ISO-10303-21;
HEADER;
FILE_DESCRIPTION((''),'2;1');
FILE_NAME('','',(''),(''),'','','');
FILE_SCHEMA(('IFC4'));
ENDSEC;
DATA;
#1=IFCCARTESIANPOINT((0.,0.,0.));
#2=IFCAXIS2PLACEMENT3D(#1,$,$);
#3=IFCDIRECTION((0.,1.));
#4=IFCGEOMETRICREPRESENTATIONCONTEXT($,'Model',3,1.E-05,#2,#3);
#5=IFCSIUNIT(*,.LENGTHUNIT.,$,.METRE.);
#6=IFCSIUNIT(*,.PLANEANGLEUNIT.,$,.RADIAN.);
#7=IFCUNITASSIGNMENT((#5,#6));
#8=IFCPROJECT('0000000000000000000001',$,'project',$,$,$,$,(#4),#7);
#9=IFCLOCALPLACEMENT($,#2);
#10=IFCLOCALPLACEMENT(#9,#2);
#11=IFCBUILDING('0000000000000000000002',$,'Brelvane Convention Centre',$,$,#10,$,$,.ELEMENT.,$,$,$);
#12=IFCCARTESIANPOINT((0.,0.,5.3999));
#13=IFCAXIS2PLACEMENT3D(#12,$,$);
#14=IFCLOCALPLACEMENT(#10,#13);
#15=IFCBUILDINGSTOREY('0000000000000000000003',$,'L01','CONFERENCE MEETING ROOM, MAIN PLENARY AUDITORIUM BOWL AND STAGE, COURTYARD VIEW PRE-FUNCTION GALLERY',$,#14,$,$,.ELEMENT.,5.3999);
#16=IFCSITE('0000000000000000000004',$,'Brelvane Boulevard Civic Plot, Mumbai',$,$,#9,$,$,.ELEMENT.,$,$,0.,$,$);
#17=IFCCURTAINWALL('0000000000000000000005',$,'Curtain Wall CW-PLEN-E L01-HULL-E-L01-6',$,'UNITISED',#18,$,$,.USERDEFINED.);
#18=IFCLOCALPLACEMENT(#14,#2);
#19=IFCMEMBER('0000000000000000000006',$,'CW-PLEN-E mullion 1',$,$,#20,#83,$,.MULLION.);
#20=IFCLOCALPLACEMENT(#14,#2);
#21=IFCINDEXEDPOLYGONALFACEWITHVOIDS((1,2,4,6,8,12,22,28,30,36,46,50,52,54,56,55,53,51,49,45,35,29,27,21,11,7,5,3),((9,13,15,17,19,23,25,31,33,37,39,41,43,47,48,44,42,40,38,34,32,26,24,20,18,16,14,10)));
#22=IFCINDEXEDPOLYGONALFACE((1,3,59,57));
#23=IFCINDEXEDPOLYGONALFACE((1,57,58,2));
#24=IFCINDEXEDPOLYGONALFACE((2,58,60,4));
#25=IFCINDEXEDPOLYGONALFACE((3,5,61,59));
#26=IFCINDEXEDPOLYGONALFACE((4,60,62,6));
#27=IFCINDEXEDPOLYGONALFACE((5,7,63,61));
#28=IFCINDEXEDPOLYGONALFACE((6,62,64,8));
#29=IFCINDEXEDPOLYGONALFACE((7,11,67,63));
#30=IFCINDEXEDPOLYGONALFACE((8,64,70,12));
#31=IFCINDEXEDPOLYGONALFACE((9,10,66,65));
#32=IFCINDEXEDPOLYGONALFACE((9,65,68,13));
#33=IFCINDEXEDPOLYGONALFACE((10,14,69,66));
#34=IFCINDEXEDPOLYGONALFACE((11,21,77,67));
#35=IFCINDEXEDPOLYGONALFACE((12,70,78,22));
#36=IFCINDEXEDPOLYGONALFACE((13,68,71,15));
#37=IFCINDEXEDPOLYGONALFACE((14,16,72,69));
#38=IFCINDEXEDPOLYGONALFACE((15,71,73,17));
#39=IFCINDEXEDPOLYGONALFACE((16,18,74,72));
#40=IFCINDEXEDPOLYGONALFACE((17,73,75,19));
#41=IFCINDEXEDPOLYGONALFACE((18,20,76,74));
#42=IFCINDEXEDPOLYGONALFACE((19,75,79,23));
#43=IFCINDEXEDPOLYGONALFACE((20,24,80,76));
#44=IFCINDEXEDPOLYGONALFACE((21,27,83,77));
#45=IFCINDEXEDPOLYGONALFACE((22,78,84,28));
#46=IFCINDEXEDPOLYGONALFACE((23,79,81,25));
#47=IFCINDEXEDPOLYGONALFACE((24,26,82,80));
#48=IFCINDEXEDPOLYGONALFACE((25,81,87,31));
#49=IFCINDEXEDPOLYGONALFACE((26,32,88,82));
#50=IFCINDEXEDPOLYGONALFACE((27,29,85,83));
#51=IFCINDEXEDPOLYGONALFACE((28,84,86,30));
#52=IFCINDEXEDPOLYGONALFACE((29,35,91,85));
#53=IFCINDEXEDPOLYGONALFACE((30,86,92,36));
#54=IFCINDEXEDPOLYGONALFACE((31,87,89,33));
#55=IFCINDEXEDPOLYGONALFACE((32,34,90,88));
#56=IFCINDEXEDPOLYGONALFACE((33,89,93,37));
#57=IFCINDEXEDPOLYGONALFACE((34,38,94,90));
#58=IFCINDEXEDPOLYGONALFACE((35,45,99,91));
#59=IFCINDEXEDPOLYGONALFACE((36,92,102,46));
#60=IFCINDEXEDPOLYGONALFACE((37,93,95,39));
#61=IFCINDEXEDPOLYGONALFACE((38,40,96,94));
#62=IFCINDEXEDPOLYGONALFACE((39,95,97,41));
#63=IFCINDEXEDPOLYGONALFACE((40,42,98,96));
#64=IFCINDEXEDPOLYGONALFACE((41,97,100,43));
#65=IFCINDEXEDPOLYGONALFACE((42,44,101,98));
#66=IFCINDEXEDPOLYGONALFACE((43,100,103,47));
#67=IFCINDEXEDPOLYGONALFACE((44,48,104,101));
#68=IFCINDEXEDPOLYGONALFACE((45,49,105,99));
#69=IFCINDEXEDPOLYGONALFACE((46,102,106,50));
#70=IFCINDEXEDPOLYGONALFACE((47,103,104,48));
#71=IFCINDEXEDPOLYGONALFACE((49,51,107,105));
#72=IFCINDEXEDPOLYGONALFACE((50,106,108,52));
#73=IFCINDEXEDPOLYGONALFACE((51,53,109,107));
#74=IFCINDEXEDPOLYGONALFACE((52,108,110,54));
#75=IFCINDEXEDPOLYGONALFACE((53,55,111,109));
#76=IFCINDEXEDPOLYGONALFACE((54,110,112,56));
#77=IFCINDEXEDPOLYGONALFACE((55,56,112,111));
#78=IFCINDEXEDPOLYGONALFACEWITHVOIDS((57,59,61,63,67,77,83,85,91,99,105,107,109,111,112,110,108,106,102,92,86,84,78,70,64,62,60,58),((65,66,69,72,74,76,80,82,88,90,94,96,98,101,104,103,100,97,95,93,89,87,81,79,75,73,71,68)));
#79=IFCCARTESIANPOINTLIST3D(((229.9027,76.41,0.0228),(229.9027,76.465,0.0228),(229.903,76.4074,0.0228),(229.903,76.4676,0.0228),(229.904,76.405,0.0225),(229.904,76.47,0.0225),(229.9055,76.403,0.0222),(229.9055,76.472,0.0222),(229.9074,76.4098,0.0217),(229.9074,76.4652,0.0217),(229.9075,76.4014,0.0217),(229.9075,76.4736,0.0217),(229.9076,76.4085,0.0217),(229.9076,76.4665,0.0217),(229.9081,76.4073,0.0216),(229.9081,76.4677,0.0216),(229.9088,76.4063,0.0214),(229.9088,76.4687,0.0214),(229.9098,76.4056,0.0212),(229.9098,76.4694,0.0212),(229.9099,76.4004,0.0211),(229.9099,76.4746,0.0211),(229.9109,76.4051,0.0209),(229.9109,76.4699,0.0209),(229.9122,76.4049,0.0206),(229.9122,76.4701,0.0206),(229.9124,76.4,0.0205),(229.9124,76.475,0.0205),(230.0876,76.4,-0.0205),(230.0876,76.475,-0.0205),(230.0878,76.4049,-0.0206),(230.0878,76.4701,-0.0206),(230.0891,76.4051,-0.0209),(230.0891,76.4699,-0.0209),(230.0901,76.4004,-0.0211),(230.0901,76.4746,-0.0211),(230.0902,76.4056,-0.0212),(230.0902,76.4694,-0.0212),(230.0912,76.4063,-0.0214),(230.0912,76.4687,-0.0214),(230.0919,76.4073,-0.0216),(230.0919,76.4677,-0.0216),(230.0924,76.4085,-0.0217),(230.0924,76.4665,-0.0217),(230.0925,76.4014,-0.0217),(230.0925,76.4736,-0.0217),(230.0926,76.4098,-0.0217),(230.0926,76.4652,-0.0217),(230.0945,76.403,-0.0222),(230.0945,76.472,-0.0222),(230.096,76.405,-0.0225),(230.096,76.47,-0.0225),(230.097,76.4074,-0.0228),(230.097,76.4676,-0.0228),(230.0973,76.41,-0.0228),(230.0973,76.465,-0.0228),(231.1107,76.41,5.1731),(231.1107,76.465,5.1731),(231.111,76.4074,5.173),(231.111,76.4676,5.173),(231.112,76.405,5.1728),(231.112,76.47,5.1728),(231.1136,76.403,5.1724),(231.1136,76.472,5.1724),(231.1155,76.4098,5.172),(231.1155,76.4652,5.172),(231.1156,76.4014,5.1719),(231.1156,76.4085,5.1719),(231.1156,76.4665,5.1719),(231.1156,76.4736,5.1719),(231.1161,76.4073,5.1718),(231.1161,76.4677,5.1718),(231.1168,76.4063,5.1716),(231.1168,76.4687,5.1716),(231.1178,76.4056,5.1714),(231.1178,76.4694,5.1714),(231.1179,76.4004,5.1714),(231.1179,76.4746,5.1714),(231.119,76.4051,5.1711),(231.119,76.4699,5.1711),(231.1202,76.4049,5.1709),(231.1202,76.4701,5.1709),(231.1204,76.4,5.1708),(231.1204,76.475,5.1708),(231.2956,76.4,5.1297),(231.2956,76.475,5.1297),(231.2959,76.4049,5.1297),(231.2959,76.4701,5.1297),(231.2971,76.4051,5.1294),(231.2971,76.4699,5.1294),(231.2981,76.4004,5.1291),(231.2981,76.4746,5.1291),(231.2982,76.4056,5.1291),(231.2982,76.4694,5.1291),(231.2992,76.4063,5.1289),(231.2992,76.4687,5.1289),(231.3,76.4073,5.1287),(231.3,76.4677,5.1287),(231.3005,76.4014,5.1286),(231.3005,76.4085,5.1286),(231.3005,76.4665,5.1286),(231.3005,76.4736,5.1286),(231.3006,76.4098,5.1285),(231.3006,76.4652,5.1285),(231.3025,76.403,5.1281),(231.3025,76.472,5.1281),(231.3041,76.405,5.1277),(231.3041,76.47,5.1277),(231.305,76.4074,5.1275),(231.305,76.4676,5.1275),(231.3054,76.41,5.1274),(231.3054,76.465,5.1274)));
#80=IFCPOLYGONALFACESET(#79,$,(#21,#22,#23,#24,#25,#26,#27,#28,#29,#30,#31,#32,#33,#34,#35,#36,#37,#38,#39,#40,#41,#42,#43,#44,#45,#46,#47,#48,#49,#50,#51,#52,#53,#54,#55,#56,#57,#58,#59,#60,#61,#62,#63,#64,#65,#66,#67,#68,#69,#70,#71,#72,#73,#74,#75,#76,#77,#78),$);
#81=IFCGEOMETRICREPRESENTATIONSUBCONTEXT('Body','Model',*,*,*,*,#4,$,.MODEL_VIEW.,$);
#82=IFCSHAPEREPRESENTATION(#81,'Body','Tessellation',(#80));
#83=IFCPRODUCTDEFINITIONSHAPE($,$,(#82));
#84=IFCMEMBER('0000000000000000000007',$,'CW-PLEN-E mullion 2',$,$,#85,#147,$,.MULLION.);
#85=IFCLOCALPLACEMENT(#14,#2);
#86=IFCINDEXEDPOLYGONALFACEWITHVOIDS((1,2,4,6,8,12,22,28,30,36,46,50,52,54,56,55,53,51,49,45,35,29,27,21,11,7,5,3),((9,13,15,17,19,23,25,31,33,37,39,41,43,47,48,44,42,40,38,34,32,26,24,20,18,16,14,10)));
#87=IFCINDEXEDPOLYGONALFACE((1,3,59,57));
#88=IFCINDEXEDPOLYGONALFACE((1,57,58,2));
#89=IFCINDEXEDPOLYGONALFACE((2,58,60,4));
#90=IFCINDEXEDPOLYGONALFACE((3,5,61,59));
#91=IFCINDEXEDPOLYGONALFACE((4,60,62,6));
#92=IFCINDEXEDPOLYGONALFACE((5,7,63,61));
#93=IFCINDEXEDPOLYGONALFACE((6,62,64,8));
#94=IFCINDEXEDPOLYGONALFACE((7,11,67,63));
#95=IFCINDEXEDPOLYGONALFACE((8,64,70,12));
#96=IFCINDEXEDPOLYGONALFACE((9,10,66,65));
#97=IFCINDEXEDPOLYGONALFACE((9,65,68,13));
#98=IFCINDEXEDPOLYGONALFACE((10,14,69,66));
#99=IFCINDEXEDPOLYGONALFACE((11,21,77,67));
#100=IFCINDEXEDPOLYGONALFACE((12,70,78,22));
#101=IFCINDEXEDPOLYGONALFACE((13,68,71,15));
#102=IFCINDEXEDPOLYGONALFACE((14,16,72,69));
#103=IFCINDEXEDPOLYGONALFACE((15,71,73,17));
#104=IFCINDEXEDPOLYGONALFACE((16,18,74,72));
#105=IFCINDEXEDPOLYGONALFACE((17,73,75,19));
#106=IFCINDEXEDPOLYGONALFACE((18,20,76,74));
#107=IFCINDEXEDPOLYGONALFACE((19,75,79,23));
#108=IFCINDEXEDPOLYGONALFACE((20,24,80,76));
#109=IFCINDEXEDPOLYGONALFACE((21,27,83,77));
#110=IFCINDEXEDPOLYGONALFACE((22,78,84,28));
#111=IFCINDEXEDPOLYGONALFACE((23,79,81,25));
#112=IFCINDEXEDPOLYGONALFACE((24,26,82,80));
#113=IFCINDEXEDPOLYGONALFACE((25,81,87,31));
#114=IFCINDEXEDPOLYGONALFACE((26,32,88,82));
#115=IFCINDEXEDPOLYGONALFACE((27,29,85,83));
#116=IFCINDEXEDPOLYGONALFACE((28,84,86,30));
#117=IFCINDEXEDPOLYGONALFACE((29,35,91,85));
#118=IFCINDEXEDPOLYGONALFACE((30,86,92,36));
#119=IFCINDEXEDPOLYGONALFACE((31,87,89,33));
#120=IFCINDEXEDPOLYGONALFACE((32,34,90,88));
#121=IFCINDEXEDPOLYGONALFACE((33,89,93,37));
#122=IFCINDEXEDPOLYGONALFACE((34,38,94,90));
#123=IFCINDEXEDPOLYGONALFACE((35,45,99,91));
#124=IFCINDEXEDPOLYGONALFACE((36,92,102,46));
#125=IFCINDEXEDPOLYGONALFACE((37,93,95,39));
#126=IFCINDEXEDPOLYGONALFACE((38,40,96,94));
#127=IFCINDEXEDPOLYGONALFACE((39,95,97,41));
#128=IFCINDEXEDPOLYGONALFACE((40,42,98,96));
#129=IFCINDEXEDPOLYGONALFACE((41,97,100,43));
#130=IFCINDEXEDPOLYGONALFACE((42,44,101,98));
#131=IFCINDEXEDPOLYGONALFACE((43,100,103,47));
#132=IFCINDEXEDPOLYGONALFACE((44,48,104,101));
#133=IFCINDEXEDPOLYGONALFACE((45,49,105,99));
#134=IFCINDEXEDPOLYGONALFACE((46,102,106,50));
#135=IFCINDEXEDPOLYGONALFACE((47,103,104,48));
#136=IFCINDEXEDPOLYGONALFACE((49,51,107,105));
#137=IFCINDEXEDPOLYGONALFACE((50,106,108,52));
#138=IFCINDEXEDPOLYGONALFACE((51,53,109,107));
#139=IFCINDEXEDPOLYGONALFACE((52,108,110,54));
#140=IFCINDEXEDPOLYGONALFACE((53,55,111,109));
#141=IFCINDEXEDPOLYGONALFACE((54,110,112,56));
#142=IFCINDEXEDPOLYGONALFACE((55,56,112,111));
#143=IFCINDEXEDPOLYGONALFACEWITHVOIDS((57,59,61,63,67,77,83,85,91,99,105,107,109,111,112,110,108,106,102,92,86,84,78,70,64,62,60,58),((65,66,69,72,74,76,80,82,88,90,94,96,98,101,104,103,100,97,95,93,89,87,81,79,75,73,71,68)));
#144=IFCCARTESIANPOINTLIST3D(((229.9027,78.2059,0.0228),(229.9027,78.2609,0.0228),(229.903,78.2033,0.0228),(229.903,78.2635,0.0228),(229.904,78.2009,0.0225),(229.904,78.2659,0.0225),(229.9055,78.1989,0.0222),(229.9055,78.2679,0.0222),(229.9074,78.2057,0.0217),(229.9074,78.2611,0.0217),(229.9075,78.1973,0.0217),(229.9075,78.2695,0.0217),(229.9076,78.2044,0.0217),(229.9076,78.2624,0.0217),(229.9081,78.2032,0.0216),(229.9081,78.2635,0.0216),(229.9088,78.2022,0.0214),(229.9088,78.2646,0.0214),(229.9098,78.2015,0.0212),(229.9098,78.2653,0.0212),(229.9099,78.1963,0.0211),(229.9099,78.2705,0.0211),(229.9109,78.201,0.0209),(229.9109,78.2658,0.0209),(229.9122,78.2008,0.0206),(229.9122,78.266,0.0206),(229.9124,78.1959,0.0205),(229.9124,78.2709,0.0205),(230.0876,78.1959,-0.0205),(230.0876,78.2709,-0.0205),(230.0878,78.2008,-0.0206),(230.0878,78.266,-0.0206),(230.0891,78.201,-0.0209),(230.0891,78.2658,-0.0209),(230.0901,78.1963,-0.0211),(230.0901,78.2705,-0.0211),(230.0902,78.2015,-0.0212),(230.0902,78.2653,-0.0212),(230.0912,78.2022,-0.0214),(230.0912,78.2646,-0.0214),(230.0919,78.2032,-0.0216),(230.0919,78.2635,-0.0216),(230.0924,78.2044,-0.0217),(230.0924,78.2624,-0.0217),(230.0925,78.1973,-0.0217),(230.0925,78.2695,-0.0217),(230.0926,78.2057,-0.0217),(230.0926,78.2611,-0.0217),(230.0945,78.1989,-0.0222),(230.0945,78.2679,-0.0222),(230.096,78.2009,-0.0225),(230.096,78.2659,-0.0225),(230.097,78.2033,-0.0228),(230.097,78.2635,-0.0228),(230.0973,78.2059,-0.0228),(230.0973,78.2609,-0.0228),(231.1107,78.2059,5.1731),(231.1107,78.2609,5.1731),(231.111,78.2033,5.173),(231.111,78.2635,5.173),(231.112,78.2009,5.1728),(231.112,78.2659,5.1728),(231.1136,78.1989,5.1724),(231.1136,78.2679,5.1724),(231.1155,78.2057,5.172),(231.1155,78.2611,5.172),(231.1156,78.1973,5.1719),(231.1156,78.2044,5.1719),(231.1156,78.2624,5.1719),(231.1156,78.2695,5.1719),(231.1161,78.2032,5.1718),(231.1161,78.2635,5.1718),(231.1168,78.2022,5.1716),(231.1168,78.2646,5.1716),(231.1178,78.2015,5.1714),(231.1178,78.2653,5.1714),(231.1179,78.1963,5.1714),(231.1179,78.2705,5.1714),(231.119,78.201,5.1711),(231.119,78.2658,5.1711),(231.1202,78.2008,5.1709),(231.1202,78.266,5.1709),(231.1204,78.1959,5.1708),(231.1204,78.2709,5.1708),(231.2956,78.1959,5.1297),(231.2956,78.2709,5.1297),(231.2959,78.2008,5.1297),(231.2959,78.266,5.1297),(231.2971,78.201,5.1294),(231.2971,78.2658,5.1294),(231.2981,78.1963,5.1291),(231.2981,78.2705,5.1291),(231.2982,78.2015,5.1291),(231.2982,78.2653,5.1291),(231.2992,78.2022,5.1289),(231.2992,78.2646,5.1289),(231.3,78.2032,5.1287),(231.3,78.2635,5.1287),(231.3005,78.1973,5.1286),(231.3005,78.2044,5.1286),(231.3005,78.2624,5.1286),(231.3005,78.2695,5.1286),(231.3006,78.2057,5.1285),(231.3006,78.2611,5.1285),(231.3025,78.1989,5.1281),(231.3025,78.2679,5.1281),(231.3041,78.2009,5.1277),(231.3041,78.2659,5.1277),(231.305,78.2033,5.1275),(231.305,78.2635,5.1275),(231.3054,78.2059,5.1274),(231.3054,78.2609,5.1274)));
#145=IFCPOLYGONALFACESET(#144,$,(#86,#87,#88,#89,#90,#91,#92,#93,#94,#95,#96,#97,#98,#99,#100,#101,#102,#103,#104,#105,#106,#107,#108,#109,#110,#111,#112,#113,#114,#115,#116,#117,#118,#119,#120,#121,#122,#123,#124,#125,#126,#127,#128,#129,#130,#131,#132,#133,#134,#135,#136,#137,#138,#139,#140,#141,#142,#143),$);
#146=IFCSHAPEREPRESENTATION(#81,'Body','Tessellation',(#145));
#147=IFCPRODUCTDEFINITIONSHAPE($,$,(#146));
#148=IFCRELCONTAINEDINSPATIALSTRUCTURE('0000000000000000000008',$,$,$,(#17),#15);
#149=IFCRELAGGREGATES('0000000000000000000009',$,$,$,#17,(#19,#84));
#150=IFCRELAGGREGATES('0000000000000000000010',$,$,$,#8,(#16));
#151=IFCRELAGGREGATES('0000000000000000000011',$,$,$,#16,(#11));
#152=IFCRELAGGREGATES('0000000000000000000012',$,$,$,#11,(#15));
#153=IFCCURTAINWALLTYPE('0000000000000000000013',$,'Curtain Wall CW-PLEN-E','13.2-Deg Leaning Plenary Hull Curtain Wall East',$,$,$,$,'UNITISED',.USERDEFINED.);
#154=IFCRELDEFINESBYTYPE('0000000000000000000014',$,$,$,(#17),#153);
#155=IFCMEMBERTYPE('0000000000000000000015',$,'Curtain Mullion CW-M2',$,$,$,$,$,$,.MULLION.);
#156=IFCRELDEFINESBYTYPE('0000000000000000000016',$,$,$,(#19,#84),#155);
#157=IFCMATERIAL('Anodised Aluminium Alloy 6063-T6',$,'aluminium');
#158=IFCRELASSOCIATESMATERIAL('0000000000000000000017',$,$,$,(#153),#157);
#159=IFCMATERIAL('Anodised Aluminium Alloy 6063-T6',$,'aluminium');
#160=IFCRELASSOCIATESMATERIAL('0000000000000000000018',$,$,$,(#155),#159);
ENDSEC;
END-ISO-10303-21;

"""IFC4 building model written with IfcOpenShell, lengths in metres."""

from ifc_helpers import new_model, si_unit, direction, frame, origin, origin_2d, place, context, subcontext, project, spatial, hollow_rectangle, extrude, material, material_profile, profile_set, type_object, element, aggregate, save


model = new_model("IFC4")

# Units and contexts
model_context = context("Model", 3, precision=1e-05, world=origin(), true_north=direction((0.0, 1.0)))
body_context = subcontext(model_context, "Body", "Model", "MODEL_VIEW")
ifc_project = project(units=[si_unit("LENGTHUNIT", "METRE"), si_unit("PLANEANGLEUNIT", "RADIAN")], contexts=[model_context])

# Site, building, storey
site_placement = place(None, origin())
site = spatial("IfcSite", under=ifc_project, at=site_placement, Name="Brelvane Boulevard Civic Plot, Mumbai", CompositionType="ELEMENT", RefElevation=0.0)
building_placement = place(site_placement, origin())
building = spatial("IfcBuilding", under=site, at=building_placement, Name="Brelvane Convention Centre", CompositionType="ELEMENT")
storey_placement = place(building_placement, frame((0.0, 0.0, 5.3999)))
storey = spatial("IfcBuildingStorey", under=building, at=storey_placement, Name="L01", Description="CONFERENCE MEETING ROOM, MAIN PLENARY AUDITORIUM BOWL AND STAGE, COURTYARD VIEW PRE-FUNCTION GALLERY", CompositionType="ELEMENT", Elevation=5.3999)

# Curtain wall, members
ifc_material_1 = material(Name="Anodised Aluminium Alloy 6063-T6", Category="aluminium")
curtain_wall_type = type_object("IfcCurtainWallType", Name="Curtain Wall CW-PLEN-E", Description="13.2-Deg Leaning Plenary Hull Curtain Wall East", ElementType="UNITISED", PredefinedType="USERDEFINED", material=ifc_material_1)
curtain_wall_placement = place(storey_placement, origin())
curtain_wall = element("IfcCurtainWall", 1, at=curtain_wall_placement, inside=storey, type_object=curtain_wall_type, Name="Curtain Wall CW-PLEN-E L01-HULL-E-L01-6", ObjectType="UNITISED", PredefinedType="USERDEFINED")
ifc_material_2 = material(Name="Anodised Aluminium Alloy 6063-T6", Category="aluminium")
ifc_material_profile_1 = material_profile(ifc_material_2, hollow_rectangle(XDim=0.075, YDim=0.2, WallThickness=0.0049, InnerFilletRadius=0.0049, OuterFilletRadius=0.01, at=origin_2d()), Name="ALU-M 200x75x5.0")
ifc_profile_set_1 = profile_set([ifc_material_profile_1], Name="Anodised Aluminium Alloy 6063-T6")
member_type_1 = type_object("IfcMemberType", Name="Curtain Mullion CW-M2", PredefinedType="MULLION", material=ifc_profile_set_1)
member_1_placement = place(storey_placement, frame((230.0, 76.4375, 0.0), z_axis=(0.22836, 0.0, 0.973577), x_axis=(0.0, 1.0, 0.0)))
member_1 = element("IfcMember", 2, at=member_1_placement, type_object=member_type_1, Name="CW-PLEN-E mullion 1", PredefinedType="MULLION", context=body_context, shape_type="SweptSolid", body=[
    extrude(hollow_rectangle(XDim=0.075, YDim=0.2, WallThickness=0.0049, InnerFilletRadius=0.0049, OuterFilletRadius=0.01, at=origin_2d()), origin(), (0.0, 0.0, 1.0), 5.29),
])
member_2_placement = place(storey_placement, frame((230.0, 78.2334, 0.0), z_axis=(0.22836, 0.0, 0.973577), x_axis=(0.0, 1.0, 0.0)))
member_2 = element("IfcMember", 3, at=member_2_placement, type_object=member_type_1, Name="CW-PLEN-E mullion 2", PredefinedType="MULLION", context=body_context, shape_type="SweptSolid", body=[
    extrude(hollow_rectangle(XDim=0.075, YDim=0.2, WallThickness=0.0049, InnerFilletRadius=0.0049, OuterFilletRadius=0.01, at=origin_2d()), origin(), (0.0, 0.0, 1.0), 5.29),
])

aggregate(curtain_wall, [member_1, member_2])

save(model, "model.ifc")
